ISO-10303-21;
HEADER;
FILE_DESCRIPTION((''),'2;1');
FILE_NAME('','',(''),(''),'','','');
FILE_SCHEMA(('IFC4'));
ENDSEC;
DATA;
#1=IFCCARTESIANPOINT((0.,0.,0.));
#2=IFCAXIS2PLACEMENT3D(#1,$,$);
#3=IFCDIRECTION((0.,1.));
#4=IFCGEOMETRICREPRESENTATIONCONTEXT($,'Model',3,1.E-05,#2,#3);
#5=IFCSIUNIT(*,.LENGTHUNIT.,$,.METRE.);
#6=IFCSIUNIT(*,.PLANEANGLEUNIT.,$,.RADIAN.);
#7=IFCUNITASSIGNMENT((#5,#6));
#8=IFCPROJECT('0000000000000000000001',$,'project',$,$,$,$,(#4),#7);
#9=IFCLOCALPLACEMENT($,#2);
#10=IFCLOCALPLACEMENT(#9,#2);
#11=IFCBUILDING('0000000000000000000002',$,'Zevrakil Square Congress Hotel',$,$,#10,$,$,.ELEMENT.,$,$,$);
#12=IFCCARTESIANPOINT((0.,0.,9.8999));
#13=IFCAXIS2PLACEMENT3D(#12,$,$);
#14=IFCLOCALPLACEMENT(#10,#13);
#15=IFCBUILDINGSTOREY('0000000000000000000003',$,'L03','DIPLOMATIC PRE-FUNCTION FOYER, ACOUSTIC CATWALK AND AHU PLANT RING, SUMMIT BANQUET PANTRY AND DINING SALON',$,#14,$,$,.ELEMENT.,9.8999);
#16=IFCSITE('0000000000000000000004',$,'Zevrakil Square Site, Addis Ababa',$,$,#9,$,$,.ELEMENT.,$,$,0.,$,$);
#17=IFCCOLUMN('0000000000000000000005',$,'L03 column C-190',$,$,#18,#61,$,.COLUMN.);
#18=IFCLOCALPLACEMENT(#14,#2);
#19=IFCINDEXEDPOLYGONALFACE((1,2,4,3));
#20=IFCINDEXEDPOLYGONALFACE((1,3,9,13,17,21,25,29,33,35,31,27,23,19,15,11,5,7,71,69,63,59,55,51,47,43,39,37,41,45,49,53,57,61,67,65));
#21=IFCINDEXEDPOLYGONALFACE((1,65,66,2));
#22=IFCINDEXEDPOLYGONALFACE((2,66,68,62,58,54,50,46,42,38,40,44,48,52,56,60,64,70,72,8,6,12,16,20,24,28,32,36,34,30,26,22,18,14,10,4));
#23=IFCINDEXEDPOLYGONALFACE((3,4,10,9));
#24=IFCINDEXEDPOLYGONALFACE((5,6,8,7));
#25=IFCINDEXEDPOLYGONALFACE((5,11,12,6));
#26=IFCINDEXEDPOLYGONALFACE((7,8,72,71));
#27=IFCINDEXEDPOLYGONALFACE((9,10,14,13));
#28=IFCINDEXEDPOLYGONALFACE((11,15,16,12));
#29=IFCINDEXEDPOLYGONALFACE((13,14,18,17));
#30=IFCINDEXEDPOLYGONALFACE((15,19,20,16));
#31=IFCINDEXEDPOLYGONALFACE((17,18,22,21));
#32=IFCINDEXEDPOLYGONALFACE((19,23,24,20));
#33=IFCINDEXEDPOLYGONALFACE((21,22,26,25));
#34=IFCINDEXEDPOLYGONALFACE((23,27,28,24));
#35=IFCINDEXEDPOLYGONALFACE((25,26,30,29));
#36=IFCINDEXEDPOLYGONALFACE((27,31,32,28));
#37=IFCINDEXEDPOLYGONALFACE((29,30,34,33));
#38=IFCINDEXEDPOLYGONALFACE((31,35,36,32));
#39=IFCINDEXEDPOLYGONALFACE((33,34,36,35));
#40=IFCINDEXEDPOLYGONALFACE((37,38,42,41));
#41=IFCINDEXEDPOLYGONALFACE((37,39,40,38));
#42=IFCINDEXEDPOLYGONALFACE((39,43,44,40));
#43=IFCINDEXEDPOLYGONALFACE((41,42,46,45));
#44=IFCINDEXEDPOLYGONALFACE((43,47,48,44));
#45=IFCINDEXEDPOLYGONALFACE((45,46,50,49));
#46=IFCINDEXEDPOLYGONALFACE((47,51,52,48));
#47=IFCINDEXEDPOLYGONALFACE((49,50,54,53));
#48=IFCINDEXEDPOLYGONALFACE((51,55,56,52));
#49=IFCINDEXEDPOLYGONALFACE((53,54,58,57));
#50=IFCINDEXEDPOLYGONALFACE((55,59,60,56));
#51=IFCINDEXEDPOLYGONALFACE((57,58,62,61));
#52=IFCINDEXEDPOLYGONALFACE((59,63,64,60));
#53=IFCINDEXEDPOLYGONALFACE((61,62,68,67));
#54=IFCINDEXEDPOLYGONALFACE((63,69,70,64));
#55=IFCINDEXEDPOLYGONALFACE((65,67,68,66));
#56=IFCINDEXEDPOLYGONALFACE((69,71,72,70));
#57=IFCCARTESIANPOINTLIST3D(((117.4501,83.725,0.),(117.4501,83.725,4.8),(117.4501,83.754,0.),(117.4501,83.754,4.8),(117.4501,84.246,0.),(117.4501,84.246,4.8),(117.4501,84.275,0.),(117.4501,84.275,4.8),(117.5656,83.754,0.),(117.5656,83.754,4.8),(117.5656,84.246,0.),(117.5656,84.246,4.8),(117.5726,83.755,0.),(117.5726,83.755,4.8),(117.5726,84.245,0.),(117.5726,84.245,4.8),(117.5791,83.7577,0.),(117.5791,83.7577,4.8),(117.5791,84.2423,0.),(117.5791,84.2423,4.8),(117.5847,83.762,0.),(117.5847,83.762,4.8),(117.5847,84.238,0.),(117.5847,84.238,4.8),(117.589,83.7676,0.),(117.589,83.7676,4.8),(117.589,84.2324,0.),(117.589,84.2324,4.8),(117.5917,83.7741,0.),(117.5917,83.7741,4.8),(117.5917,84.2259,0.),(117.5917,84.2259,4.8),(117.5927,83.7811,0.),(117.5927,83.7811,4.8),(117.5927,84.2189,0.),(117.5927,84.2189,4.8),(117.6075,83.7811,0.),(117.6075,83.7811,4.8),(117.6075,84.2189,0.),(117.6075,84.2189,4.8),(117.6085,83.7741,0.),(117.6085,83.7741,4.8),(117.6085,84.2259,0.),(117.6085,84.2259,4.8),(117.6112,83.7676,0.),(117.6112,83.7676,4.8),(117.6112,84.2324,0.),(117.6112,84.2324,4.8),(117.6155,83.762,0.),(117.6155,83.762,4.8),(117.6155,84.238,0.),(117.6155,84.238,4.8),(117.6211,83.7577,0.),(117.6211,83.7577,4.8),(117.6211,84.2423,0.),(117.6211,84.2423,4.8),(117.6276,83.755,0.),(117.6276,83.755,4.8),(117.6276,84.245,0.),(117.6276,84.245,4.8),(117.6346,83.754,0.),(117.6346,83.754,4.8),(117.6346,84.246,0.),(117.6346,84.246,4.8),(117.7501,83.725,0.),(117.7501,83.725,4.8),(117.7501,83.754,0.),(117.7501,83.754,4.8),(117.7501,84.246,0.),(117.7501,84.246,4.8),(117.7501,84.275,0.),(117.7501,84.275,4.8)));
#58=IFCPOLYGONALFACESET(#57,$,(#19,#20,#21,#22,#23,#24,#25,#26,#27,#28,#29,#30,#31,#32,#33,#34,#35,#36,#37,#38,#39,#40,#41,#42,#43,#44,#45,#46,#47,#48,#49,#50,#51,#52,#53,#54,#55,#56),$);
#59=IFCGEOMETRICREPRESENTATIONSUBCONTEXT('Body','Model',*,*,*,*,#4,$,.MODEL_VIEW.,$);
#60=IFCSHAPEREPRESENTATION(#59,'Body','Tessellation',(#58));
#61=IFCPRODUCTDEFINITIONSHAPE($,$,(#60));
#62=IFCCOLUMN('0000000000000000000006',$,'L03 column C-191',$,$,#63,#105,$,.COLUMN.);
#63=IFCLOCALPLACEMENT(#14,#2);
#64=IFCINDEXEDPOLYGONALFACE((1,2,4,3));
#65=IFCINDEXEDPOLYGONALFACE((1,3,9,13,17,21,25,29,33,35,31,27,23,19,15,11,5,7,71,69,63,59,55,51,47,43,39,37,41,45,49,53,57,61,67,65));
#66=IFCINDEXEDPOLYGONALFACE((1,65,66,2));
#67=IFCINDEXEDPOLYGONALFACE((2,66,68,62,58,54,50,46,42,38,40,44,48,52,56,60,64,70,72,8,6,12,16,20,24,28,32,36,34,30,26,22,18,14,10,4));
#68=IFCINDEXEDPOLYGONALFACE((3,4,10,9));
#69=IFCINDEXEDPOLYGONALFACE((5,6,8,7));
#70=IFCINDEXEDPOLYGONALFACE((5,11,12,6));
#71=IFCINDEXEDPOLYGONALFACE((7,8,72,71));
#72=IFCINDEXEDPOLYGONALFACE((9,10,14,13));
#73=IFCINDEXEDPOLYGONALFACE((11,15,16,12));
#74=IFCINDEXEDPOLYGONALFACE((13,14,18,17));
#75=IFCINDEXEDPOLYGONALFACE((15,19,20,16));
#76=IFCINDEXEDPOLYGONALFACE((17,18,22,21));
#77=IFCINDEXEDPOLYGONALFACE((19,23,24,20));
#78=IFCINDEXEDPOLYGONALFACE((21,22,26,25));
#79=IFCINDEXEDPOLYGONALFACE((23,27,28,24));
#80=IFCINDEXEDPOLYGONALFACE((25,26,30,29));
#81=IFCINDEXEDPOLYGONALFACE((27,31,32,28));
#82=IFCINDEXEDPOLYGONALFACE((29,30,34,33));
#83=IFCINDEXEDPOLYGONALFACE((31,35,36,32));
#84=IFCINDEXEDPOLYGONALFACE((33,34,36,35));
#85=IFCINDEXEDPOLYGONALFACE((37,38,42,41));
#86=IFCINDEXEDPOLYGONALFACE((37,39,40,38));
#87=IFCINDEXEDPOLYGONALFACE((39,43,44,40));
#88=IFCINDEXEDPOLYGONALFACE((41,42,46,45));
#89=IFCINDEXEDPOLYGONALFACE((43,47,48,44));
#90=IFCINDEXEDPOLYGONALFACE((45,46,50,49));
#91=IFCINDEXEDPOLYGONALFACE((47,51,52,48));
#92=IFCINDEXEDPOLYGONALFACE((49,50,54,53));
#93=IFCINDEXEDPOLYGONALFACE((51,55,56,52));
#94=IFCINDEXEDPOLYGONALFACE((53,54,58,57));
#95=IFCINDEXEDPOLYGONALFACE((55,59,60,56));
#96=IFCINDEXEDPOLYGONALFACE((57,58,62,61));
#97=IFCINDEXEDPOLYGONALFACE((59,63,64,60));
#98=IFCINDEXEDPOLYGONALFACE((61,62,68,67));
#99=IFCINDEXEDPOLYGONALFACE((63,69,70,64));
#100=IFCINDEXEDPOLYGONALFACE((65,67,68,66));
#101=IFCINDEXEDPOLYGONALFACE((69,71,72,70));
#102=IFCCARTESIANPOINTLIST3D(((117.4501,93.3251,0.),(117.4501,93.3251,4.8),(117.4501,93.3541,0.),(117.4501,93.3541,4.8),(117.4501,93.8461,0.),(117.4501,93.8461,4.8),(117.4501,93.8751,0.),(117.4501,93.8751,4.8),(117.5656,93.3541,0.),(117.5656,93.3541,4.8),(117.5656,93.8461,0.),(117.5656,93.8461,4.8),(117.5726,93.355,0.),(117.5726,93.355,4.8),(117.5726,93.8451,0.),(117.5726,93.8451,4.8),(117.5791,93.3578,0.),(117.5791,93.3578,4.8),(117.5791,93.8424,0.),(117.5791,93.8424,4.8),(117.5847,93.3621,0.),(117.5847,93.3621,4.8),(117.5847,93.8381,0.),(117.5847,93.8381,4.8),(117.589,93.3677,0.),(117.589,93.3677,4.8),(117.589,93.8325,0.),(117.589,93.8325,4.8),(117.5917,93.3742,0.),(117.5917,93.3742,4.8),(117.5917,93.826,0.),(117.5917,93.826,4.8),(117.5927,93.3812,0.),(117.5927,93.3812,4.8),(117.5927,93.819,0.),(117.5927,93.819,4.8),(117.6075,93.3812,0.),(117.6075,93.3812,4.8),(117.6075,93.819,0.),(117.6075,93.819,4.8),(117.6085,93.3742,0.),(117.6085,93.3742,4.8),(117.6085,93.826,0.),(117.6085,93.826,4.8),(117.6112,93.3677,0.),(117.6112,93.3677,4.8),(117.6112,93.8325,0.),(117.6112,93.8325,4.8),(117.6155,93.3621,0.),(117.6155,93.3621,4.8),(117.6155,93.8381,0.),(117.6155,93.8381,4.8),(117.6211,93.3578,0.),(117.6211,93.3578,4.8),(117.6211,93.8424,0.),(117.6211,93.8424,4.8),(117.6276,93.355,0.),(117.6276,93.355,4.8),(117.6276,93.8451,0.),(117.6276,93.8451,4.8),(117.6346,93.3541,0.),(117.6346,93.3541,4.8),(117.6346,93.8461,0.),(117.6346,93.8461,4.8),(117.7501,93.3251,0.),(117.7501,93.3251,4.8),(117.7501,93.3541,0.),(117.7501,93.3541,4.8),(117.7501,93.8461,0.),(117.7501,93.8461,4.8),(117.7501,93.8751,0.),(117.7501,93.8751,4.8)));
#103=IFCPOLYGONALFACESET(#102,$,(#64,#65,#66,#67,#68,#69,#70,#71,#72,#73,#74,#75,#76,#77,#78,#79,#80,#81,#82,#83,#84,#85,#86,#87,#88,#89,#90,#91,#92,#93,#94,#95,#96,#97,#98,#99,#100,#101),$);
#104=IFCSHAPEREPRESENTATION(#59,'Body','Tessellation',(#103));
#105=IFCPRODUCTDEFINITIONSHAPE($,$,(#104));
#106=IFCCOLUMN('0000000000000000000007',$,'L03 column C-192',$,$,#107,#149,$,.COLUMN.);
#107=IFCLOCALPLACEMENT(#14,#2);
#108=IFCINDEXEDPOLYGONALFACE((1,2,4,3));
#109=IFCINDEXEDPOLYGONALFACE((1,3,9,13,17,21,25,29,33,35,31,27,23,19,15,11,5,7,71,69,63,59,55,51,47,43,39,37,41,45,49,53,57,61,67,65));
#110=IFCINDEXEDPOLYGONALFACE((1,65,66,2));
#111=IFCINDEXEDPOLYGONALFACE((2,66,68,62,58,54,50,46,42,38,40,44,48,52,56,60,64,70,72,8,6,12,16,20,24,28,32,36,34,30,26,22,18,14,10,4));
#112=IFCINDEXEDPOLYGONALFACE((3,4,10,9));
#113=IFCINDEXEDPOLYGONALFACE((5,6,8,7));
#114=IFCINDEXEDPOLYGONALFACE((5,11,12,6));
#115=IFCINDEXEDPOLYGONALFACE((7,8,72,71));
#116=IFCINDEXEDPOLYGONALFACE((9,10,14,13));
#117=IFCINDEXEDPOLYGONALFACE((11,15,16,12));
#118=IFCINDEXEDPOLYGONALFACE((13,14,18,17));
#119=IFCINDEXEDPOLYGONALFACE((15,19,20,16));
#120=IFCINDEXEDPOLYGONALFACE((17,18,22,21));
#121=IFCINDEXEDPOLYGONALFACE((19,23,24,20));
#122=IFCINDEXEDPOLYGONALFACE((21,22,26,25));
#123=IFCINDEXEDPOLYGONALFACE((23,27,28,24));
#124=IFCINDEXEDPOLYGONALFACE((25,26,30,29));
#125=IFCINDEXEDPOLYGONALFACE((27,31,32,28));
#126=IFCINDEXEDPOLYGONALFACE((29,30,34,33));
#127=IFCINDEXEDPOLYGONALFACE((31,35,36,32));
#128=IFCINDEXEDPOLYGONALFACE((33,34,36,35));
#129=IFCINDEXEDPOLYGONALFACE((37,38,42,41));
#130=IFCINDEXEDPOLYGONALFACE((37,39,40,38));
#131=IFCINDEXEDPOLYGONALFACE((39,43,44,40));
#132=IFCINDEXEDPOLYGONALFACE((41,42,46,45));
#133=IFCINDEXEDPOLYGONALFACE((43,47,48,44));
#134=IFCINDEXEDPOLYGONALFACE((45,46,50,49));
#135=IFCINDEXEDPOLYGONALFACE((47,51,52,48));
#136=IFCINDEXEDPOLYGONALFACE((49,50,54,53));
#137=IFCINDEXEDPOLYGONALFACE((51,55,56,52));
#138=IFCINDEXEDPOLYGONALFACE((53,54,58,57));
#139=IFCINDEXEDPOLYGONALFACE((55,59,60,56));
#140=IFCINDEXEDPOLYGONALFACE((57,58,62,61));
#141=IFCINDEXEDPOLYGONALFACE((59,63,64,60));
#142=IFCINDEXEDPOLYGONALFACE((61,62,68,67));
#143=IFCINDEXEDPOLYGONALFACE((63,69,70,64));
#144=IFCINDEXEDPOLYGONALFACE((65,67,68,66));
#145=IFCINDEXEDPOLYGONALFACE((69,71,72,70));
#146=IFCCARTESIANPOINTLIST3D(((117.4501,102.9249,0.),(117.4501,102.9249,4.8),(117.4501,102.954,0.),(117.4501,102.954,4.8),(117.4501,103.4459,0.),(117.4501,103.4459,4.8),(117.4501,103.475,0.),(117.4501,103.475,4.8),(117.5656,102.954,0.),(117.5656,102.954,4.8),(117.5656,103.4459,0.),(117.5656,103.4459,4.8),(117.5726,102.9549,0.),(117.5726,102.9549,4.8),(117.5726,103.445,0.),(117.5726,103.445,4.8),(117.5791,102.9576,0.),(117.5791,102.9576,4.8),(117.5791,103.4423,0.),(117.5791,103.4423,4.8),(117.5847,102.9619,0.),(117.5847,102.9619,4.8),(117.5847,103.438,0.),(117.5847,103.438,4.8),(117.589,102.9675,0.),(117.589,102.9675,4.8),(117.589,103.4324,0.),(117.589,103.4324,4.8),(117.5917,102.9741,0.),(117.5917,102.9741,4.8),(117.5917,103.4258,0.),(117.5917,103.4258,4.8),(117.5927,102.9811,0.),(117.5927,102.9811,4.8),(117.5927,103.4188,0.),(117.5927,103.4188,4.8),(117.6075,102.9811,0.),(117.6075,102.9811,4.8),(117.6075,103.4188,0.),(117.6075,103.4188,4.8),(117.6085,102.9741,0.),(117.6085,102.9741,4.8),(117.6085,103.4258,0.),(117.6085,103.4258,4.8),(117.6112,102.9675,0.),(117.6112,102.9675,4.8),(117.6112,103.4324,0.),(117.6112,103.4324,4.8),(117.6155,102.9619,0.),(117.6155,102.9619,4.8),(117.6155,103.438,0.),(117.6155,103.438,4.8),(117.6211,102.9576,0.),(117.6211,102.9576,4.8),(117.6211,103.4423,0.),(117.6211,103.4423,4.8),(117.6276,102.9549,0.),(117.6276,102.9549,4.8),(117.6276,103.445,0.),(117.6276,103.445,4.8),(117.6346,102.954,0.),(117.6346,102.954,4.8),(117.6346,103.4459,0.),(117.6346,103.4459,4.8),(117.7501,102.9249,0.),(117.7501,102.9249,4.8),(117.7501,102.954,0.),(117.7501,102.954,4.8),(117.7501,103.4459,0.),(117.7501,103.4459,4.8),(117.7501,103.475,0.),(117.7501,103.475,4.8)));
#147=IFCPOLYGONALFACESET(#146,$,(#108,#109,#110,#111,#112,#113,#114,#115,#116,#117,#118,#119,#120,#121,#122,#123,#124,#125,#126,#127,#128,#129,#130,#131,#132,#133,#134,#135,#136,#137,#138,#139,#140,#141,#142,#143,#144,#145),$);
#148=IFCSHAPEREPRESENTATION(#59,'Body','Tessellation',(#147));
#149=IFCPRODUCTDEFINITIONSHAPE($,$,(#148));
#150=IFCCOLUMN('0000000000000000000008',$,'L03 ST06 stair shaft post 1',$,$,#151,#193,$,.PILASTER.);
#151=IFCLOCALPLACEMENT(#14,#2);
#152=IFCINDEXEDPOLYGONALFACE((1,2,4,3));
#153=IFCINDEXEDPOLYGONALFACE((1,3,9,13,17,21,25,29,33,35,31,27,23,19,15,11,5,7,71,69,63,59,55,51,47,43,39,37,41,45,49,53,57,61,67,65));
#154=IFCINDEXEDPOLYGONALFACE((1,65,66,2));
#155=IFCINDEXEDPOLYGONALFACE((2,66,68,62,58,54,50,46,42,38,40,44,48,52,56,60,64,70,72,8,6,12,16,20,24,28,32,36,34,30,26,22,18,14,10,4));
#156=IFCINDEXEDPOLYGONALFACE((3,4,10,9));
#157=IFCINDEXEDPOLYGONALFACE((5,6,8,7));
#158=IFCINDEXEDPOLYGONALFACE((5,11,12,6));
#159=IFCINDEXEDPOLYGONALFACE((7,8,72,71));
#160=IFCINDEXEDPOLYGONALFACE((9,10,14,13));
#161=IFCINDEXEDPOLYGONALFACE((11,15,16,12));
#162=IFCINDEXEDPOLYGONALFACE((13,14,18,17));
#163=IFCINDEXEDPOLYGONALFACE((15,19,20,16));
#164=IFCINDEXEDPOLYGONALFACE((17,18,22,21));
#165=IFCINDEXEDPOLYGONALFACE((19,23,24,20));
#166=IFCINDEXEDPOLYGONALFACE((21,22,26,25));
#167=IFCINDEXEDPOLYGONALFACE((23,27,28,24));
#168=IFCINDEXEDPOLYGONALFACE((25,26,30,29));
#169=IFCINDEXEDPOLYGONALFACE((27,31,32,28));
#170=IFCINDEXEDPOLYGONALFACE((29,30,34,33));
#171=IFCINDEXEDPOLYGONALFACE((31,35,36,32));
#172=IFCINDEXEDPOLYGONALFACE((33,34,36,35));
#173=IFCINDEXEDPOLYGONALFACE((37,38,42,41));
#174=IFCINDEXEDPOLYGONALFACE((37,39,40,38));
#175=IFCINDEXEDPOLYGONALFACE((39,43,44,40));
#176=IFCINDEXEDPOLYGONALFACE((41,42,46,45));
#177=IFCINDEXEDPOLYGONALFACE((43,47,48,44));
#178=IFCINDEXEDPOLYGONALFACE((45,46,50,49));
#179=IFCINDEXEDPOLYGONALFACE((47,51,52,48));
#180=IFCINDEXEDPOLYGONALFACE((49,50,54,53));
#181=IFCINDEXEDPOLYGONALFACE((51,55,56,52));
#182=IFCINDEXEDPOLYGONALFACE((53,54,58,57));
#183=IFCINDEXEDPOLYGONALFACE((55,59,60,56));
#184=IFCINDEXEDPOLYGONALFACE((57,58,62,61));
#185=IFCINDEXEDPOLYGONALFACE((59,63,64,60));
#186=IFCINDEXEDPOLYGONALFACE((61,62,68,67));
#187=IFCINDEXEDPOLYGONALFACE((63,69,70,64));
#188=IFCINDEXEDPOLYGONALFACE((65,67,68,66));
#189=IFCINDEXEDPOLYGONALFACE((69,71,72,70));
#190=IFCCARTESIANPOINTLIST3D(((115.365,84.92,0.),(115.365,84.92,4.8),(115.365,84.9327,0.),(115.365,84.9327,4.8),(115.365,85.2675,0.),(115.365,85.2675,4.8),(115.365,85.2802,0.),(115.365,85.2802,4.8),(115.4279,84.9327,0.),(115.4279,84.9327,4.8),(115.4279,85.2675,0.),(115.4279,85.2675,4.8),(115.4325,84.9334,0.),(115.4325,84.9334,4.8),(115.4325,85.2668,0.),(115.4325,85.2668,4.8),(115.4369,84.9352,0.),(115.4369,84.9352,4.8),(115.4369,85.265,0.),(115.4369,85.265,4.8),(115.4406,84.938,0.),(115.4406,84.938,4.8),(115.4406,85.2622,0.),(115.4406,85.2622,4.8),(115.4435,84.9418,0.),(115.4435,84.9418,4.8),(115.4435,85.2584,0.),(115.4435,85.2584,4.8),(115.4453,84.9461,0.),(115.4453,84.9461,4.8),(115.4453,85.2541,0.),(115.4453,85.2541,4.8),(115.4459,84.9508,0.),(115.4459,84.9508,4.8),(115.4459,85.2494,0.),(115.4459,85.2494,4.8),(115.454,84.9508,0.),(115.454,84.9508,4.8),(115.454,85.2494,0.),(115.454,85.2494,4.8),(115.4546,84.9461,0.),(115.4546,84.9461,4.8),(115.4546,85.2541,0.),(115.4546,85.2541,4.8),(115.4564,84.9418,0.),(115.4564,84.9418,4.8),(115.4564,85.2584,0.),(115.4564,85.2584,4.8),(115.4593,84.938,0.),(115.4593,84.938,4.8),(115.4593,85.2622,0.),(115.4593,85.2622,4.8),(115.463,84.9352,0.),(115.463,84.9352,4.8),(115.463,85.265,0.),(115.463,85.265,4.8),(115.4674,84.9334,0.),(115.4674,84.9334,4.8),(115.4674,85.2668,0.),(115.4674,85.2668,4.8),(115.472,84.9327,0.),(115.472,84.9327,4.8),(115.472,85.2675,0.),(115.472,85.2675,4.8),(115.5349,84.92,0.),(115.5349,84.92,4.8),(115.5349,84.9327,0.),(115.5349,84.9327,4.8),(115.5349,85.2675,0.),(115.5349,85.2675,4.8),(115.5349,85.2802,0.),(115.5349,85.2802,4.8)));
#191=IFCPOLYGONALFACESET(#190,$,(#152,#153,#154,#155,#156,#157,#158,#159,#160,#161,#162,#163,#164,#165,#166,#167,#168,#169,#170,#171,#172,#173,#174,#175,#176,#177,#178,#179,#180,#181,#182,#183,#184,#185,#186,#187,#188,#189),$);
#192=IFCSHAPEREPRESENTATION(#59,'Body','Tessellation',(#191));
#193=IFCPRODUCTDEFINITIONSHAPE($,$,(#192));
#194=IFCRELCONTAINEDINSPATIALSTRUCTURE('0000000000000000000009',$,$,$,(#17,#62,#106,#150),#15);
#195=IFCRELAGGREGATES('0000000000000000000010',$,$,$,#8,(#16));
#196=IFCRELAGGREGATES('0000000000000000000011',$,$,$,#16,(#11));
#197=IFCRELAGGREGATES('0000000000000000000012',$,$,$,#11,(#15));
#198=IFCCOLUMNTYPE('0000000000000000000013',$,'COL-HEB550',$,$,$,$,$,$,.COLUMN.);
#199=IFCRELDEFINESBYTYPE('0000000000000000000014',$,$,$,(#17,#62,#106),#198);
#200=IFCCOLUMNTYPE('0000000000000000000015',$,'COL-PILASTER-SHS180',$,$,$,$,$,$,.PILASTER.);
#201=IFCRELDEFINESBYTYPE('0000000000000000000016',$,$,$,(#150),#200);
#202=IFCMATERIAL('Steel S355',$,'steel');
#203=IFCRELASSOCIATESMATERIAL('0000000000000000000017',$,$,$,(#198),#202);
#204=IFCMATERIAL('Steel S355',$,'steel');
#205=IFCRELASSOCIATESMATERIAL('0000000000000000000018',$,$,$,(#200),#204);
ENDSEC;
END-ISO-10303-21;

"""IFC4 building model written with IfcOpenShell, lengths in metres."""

from ifc_helpers import new_model, si_unit, direction, frame, origin, origin_2d, place, context, subcontext, project, spatial, i_section, extrude, material, material_profile, profile_set, type_object, element, save


model = new_model("IFC4")

# Units and contexts
model_context = context("Model", 3, precision=1e-05, world=origin(), true_north=direction((0.0, 1.0)))
body_context = subcontext(model_context, "Body", "Model", "MODEL_VIEW")
ifc_project = project(units=[si_unit("LENGTHUNIT", "METRE"), si_unit("PLANEANGLEUNIT", "RADIAN")], contexts=[model_context])

# Site, building, storey
site_placement = place(None, origin())
site = spatial("IfcSite", under=ifc_project, at=site_placement, Name="Zevrakil Square Site, Addis Ababa", CompositionType="ELEMENT", RefElevation=0.0)
building_placement = place(site_placement, origin())
building = spatial("IfcBuilding", under=site, at=building_placement, Name="Zevrakil Square Congress Hotel", CompositionType="ELEMENT")
storey_placement = place(building_placement, frame((0.0, 0.0, 9.8999)))
storey = spatial("IfcBuildingStorey", under=building, at=storey_placement, Name="L03", Description="DIPLOMATIC PRE-FUNCTION FOYER, ACOUSTIC CATWALK AND AHU PLANT RING, SUMMIT BANQUET PANTRY AND DINING SALON", CompositionType="ELEMENT", Elevation=9.8999)

# Columns
ifc_material_1 = material(Name="Steel S355", Category="steel")
ifc_material_profile_1 = material_profile(ifc_material_1, i_section(OverallWidth=0.3, OverallDepth=0.55, WebThickness=0.0149, FlangeThickness=0.0291, FilletRadius=0.0271, at=origin_2d()), Name="HEB 550")
ifc_profile_set_1 = profile_set([ifc_material_profile_1], Name="Steel S355")
column_type_1 = type_object("IfcColumnType", Name="COL-HEB550", PredefinedType="COLUMN", material=ifc_profile_set_1)
for number, where, z_axis, x_axis, name in (
    (1, (117.6001, 84.0, 0.0), (0.0, 0.0, 1.0), (1.0, 0.0, 0.0), "L03 column C-190"),
    (2, (117.6001, 93.6001, 0.0), (0.0, 0.0, 1.0), (1.0, 0.0, 0.0), "L03 column C-191"),
    (3, (117.6001, 103.2, 0.0), (0.0, 0.0, 1.0), (1.0, 0.0, 0.0), "L03 column C-192"),
):
    element("IfcColumn", number, at=place(storey_placement, frame(where, z_axis=z_axis, x_axis=x_axis)), inside=storey, type_object=column_type_1, Name=name, PredefinedType="COLUMN", context=body_context, shape_type="SweptSolid", body=[
        extrude(i_section(OverallWidth=0.3, OverallDepth=0.55, WebThickness=0.0149, FlangeThickness=0.0291, FilletRadius=0.0271, at=origin_2d()), origin(), (0.0, 0.0, 1.0), 4.8),
    ])
ifc_material_2 = material(Name="Steel S355", Category="steel")
ifc_material_profile_2 = material_profile(ifc_material_2, i_section(OverallWidth=0.1699, OverallDepth=0.3601, WebThickness=0.0081, FlangeThickness=0.0127, FilletRadius=0.0181, at=origin_2d()), Name="IPE 360")
ifc_profile_set_2 = profile_set([ifc_material_profile_2], Name="Steel S355")
column_type_2 = type_object("IfcColumnType", Name="COL-PILASTER-SHS180", PredefinedType="PILASTER", material=ifc_profile_set_2)
for number, where, z_axis, x_axis, name in (
    (4, (115.45, 85.1001, 0.0), (0.0, 0.0, 1.0), (1.0, 0.0, 0.0), "L03 ST06 stair shaft post 1"),
):
    element("IfcColumn", number, at=place(storey_placement, frame(where, z_axis=z_axis, x_axis=x_axis)), inside=storey, type_object=column_type_2, Name=name, PredefinedType="PILASTER", context=body_context, shape_type="SweptSolid", body=[
        extrude(i_section(OverallWidth=0.1699, OverallDepth=0.3601, WebThickness=0.0081, FlangeThickness=0.0127, FilletRadius=0.0181, at=origin_2d()), origin(), (0.0, 0.0, 1.0), 4.8),
    ])

save(model, "model.ifc")
